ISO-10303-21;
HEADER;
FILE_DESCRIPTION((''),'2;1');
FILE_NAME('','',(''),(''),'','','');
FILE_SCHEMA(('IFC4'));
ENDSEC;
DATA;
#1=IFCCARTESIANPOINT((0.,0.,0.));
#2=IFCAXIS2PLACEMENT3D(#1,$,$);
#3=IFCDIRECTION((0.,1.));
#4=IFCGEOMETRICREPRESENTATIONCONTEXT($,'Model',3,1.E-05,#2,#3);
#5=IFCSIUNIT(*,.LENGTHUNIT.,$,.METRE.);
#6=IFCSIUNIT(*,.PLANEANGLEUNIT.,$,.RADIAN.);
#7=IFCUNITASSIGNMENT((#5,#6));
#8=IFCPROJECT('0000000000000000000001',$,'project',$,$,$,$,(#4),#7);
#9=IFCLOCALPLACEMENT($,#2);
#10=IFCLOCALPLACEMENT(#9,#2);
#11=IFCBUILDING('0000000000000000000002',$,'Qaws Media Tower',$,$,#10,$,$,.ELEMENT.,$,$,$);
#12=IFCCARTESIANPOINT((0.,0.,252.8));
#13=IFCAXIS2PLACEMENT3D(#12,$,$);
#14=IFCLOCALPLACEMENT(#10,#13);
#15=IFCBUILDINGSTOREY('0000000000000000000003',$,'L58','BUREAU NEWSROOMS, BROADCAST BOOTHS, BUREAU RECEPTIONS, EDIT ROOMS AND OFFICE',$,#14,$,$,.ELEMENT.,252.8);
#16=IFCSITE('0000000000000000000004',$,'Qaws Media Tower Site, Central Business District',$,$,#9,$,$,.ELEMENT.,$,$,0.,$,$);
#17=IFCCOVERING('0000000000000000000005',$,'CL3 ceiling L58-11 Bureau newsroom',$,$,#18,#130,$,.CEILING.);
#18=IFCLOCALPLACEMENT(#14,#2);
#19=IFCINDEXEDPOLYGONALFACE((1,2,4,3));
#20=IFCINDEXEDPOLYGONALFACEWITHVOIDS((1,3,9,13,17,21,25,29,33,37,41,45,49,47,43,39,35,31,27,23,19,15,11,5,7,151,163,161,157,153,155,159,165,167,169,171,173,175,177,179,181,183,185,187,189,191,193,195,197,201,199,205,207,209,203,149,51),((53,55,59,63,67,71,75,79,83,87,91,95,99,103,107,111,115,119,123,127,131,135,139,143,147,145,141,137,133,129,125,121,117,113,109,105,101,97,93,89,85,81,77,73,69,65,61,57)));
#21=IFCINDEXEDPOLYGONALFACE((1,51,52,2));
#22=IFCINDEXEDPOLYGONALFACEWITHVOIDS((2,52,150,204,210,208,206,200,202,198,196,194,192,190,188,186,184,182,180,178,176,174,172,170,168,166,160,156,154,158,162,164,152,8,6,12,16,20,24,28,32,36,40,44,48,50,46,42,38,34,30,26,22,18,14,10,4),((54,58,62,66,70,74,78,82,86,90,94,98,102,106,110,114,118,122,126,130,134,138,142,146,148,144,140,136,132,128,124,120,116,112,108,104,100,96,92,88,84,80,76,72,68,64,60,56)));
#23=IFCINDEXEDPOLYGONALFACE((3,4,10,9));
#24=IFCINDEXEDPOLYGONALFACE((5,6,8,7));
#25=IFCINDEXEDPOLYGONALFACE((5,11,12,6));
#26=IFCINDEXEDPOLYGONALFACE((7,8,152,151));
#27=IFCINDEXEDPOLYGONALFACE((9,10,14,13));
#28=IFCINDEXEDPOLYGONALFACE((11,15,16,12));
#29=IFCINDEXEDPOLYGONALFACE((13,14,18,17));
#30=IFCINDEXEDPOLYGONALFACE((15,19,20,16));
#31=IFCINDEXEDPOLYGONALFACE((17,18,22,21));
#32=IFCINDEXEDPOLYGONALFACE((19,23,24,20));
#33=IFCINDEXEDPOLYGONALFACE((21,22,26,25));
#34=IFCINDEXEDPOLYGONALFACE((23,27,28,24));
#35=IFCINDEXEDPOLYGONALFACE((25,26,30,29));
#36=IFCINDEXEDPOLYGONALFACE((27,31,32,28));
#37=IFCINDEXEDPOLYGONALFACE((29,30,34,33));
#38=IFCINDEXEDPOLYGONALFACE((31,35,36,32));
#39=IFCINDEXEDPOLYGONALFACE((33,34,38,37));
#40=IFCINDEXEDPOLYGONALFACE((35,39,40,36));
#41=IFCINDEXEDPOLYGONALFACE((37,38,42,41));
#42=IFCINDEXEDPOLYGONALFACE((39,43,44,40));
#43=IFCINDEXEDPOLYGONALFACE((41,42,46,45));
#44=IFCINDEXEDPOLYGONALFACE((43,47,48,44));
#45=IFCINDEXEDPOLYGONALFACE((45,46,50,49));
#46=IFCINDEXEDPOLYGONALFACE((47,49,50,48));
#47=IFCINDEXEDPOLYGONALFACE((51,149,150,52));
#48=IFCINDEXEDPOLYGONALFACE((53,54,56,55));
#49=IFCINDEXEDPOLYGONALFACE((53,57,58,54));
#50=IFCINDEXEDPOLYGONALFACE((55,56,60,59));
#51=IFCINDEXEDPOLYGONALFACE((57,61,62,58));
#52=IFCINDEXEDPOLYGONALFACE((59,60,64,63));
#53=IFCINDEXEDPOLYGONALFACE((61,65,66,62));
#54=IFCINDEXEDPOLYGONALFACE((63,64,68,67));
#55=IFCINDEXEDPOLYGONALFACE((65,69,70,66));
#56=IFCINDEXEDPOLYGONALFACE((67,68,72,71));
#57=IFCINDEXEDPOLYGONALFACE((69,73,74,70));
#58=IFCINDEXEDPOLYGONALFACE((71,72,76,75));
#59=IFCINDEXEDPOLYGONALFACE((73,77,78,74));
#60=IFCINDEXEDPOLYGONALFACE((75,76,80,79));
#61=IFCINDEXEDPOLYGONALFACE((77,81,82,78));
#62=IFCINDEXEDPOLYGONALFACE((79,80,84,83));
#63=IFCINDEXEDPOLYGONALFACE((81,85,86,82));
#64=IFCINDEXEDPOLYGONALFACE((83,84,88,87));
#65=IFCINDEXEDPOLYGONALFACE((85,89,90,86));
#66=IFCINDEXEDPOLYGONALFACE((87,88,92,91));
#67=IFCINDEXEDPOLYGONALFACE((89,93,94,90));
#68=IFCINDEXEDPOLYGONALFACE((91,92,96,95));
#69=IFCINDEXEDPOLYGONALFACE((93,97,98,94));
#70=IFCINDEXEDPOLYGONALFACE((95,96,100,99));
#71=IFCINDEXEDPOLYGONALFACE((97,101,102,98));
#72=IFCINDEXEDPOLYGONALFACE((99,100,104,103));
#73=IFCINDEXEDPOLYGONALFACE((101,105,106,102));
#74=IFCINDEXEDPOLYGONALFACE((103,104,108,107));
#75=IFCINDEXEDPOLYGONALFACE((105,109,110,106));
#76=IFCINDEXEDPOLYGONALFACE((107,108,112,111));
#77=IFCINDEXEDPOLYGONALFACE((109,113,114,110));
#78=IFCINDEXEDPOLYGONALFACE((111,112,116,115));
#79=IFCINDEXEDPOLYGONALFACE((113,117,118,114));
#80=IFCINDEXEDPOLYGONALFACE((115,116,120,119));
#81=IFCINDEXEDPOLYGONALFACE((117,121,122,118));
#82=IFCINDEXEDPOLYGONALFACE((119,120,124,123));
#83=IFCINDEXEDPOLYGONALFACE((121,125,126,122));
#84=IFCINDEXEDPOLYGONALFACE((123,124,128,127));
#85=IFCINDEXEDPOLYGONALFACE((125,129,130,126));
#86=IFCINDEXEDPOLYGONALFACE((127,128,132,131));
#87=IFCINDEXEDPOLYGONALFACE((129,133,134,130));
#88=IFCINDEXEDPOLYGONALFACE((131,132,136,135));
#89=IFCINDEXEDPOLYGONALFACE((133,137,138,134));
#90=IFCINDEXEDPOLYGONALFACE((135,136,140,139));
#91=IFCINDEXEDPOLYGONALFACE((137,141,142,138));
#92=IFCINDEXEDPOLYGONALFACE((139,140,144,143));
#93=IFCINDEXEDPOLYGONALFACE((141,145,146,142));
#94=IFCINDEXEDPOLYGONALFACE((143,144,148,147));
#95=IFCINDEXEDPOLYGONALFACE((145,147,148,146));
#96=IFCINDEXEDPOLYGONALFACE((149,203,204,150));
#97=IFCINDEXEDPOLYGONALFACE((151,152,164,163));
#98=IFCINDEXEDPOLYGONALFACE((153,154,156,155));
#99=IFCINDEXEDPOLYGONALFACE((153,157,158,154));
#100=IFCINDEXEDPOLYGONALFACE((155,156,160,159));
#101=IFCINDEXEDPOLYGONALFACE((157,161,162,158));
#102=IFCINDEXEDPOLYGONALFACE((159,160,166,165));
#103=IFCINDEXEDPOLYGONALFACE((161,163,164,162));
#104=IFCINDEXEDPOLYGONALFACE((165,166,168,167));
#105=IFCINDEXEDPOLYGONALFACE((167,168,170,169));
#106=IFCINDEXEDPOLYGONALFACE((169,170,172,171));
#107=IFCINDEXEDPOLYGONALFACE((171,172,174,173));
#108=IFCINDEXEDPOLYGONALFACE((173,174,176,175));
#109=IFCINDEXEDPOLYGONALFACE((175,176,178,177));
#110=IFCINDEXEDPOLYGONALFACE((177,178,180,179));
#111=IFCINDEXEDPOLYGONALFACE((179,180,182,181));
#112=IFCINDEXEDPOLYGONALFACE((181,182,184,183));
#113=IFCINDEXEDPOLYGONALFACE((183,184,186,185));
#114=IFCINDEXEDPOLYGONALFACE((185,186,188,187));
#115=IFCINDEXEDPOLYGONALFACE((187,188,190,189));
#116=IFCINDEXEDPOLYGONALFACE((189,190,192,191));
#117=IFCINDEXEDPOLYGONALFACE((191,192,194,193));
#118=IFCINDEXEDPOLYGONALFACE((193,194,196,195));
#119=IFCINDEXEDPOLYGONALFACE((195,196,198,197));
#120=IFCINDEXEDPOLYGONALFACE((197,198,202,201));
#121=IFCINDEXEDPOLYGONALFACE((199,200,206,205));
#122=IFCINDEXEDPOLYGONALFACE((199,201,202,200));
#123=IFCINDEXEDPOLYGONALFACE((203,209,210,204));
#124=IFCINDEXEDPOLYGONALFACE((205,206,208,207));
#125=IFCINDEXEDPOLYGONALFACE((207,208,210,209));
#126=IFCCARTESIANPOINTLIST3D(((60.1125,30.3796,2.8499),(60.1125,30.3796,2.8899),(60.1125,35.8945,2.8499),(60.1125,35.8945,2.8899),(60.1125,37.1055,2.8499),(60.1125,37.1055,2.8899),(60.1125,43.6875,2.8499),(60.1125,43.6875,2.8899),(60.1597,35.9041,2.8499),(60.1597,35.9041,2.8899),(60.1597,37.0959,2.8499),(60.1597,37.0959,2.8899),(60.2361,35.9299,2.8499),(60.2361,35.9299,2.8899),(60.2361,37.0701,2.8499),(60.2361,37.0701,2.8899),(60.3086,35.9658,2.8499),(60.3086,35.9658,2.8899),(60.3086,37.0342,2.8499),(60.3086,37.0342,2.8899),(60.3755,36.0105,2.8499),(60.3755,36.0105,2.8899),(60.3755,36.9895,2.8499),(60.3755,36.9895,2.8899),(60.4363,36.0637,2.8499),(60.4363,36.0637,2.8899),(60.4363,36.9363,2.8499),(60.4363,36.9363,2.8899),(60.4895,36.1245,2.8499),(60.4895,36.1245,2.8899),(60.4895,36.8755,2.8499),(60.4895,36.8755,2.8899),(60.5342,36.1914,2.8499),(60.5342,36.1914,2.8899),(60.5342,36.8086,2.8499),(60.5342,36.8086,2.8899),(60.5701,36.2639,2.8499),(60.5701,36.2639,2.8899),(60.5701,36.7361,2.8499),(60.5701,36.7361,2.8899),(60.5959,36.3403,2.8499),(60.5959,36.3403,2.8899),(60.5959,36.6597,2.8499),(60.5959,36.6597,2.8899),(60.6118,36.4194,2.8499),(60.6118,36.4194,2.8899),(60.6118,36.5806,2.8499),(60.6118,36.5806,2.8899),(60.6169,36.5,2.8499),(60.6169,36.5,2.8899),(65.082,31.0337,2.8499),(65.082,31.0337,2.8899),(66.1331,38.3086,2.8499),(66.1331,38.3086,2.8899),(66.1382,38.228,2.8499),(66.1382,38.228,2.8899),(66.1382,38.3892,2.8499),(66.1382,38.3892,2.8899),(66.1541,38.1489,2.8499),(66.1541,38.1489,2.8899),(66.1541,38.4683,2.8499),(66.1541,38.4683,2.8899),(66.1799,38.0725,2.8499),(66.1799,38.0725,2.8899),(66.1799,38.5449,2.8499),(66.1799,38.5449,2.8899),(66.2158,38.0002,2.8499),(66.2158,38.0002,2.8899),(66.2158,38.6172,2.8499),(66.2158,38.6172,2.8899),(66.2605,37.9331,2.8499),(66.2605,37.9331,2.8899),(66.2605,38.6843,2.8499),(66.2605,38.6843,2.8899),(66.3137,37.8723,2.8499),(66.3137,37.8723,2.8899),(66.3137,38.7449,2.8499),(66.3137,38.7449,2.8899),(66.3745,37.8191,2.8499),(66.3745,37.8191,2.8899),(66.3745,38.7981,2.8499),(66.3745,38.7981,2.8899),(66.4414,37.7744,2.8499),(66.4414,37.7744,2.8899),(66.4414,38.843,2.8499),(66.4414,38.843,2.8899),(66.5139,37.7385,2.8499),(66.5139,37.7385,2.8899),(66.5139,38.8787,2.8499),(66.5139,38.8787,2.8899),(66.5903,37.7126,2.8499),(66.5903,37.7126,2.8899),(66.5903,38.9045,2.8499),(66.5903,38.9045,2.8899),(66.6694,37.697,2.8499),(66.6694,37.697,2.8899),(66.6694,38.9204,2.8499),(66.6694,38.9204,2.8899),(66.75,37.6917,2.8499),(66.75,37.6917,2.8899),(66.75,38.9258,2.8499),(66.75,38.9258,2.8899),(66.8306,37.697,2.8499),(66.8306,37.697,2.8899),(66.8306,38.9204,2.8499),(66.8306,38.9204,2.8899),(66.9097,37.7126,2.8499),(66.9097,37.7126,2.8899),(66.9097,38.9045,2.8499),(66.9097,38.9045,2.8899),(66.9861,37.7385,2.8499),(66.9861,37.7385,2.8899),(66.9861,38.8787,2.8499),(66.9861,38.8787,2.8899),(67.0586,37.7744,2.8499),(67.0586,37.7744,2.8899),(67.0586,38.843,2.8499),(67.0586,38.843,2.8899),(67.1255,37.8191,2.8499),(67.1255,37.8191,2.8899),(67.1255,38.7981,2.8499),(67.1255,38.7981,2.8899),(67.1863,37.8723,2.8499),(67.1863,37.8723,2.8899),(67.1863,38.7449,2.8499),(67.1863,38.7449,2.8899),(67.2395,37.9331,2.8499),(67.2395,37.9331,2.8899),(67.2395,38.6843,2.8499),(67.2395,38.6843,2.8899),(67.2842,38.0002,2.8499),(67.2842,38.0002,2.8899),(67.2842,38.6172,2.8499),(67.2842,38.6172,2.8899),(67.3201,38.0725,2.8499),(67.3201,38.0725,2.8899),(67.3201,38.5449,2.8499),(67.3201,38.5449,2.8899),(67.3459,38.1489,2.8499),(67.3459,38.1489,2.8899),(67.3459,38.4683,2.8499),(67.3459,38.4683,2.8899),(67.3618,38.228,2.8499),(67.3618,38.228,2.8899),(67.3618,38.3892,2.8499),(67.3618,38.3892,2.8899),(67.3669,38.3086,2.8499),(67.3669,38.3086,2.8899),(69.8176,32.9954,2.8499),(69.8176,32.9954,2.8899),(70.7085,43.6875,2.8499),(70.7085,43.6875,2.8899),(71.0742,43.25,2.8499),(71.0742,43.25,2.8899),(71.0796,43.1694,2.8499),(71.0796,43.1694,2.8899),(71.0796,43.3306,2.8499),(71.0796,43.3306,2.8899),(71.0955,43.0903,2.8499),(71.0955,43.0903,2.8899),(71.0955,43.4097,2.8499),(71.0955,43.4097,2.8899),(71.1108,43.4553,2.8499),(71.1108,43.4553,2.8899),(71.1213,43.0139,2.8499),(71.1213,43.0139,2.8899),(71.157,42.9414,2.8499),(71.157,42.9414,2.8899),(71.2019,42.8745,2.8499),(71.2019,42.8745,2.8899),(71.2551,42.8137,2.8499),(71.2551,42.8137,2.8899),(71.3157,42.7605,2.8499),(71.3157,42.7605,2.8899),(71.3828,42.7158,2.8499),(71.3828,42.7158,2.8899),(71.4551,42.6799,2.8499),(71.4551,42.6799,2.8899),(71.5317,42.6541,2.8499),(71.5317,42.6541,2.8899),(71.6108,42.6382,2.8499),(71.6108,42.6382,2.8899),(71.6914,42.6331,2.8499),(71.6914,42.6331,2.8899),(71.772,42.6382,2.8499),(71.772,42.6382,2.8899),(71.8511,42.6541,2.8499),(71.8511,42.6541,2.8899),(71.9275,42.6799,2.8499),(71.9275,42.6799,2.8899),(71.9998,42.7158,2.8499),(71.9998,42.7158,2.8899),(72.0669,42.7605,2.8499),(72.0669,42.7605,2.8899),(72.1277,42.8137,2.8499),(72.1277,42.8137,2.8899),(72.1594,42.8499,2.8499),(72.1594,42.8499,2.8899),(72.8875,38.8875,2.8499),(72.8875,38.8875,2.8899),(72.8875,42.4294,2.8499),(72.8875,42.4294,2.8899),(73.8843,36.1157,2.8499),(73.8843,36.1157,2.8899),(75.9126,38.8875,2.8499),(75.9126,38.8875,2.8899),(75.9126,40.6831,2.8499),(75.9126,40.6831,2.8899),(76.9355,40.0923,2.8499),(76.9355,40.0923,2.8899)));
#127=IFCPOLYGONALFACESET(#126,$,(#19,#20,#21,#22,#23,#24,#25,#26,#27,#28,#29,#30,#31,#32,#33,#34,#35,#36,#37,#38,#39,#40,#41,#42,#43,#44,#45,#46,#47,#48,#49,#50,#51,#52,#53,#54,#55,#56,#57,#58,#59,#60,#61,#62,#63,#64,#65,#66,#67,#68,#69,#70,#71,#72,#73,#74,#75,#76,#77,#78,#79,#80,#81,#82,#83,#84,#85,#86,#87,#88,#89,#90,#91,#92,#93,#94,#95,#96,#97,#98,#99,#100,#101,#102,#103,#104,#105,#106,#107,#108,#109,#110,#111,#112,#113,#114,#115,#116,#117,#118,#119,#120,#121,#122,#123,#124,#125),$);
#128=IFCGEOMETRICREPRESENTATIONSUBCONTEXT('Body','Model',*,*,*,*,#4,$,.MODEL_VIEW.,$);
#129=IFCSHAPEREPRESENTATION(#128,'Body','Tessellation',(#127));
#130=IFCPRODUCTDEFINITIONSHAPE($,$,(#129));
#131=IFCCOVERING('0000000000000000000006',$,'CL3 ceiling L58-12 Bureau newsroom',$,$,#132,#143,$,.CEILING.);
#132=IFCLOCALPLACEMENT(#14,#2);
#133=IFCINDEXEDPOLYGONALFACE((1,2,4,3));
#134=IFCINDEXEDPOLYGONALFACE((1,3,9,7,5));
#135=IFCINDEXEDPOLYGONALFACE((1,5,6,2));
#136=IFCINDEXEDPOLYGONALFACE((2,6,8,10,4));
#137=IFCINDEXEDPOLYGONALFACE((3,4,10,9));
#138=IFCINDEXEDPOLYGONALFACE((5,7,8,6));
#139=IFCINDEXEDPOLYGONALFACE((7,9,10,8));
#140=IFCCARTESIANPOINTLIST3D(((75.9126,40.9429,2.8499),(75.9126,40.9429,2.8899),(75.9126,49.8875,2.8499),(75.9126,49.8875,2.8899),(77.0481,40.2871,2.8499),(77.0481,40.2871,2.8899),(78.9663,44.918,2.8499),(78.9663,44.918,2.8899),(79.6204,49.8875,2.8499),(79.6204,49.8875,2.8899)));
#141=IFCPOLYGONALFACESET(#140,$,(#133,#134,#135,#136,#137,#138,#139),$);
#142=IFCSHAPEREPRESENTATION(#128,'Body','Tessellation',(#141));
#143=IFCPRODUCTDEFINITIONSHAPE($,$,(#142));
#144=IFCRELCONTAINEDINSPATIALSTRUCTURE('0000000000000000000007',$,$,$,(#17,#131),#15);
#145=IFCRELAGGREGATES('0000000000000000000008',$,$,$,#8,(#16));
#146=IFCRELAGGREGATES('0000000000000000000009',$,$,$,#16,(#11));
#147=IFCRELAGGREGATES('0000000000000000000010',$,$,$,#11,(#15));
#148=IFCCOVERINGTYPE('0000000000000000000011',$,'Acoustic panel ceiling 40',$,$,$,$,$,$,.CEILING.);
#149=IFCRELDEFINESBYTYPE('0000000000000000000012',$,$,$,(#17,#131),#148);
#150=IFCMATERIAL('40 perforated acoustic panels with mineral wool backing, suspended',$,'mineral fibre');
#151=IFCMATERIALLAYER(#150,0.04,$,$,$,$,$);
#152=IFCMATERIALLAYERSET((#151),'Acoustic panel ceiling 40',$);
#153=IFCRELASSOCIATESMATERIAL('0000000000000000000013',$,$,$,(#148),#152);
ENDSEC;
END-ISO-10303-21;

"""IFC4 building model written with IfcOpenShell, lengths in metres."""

from ifc_helpers import new_model, si_unit, direction, frame, origin, place, context, subcontext, project, spatial, polyline, outline, extrude, material, layer, layer_set, type_object, element, save


model = new_model("IFC4")

# Units and contexts
model_context = context("Model", 3, precision=1e-05, world=origin(), true_north=direction((0.0, 1.0)))
body_context = subcontext(model_context, "Body", "Model", "MODEL_VIEW")
ifc_project = project(units=[si_unit("LENGTHUNIT", "METRE"), si_unit("PLANEANGLEUNIT", "RADIAN")], contexts=[model_context])

# Site, building, storey
site_placement = place(None, origin())
site = spatial("IfcSite", under=ifc_project, at=site_placement, Name="Qaws Media Tower Site, Central Business District", CompositionType="ELEMENT", RefElevation=0.0)
building_placement = place(site_placement, origin())
building = spatial("IfcBuilding", under=site, at=building_placement, Name="Qaws Media Tower", CompositionType="ELEMENT")
storey_placement = place(building_placement, frame((0.0, 0.0, 252.8)))
storey = spatial("IfcBuildingStorey", under=building, at=storey_placement, Name="L58", Description="BUREAU NEWSROOMS, BROADCAST BOOTHS, BUREAU RECEPTIONS, EDIT ROOMS AND OFFICE", CompositionType="ELEMENT", Elevation=252.8)

# Coverings
ifc_material_1 = material(Name="40 perforated acoustic panels with mineral wool backing, suspended", Category="mineral fibre")
ifc_layer_1 = layer(ifc_material_1, 0.04)
ifc_layer_set_1 = layer_set([ifc_layer_1], Name="Acoustic panel ceiling 40")
covering_type_1 = type_object("IfcCoveringType", Name="Acoustic panel ceiling 40", PredefinedType="CEILING", material=ifc_layer_set_1)
covering_1_placement = place(storey_placement, frame((0.0, 0.0, 2.8499)))
element("IfcCovering", 1, at=covering_1_placement, inside=storey, type_object=covering_type_1, Name="CL3 ceiling L58-11 Bureau newsroom", PredefinedType="CEILING", context=body_context, shape_type="SweptSolid", body=[
    extrude(outline(polyline([(72.8875, 38.8875), (75.9126, 38.8875), (75.9126, 40.6831), (76.9355, 40.0923), (73.8843, 36.1157), (69.8176, 32.9954), (65.082, 31.0337), (60.1125, 30.3796), (60.1125, 35.8945), (60.1597, 35.9041), (60.2361, 35.9299), (60.3086, 35.9658), (60.3755, 36.0105), (60.4363, 36.0637), (60.4895, 36.1245), (60.5342, 36.1914), (60.5701, 36.2639), (60.5959, 36.3403), (60.6118, 36.4194), (60.6169, 36.5), (60.6118, 36.5806), (60.5959, 36.6597), (60.5701, 36.7361), (60.5342, 36.8086), (60.4895, 36.8755), (60.4363, 36.9363), (60.3755, 36.9895), (60.3086, 37.0342), (60.2361, 37.0701), (60.1597, 37.0959), (60.1125, 37.1055), (60.1125, 43.6875), (70.7085, 43.6875), (71.1108, 43.4553), (71.0955, 43.4097), (71.0796, 43.3306), (71.0742, 43.25), (71.0796, 43.1694), (71.0955, 43.0903), (71.1213, 43.0139), (71.157, 42.9414), (71.2019, 42.8745), (71.2551, 42.8137), (71.3157, 42.7605), (71.3828, 42.7158), (71.4551, 42.6799), (71.5317, 42.6541), (71.6108, 42.6382), (71.6914, 42.6331), (71.772, 42.6382), (71.8511, 42.6541), (71.9275, 42.6799), (71.9998, 42.7158), (72.0669, 42.7605), (72.1277, 42.8137), (72.1594, 42.8499), (72.8875, 42.4294), (72.8875, 38.8875)]), holes=[polyline([(67.3201, 38.0725), (67.3459, 38.1489), (67.3618, 38.228), (67.3669, 38.3086), (67.3618, 38.3892), (67.3459, 38.4683), (67.3201, 38.5449), (67.2842, 38.6172), (67.2395, 38.6843), (67.1863, 38.7449), (67.1255, 38.7981), (67.0586, 38.843), (66.9861, 38.8787), (66.9097, 38.9045), (66.8306, 38.9204), (66.75, 38.9258), (66.6694, 38.9204), (66.5903, 38.9045), (66.5139, 38.8787), (66.4414, 38.843), (66.3745, 38.7981), (66.3137, 38.7449), (66.2605, 38.6843), (66.2158, 38.6172), (66.1799, 38.5449), (66.1541, 38.4683), (66.1382, 38.3892), (66.1331, 38.3086), (66.1382, 38.228), (66.1541, 38.1489), (66.1799, 38.0725), (66.2158, 38.0002), (66.2605, 37.9331), (66.3137, 37.8723), (66.3745, 37.8191), (66.4414, 37.7744), (66.5139, 37.7385), (66.5903, 37.7126), (66.6694, 37.697), (66.75, 37.6917), (66.8306, 37.697), (66.9097, 37.7126), (66.9861, 37.7385), (67.0586, 37.7744), (67.1255, 37.8191), (67.1863, 37.8723), (67.2395, 37.9331), (67.2842, 38.0002), (67.3201, 38.0725)])]), origin(), (0.0, 0.0, 1.0), 0.04),
])
covering_2_placement = place(storey_placement, frame((0.0, 0.0, 2.8499)))
element("IfcCovering", 2, at=covering_2_placement, inside=storey, type_object=covering_type_1, Name="CL3 ceiling L58-12 Bureau newsroom", PredefinedType="CEILING", context=body_context, shape_type="SweptSolid", body=[
    extrude(outline(polyline([(78.9663, 44.918), (77.0481, 40.2871), (75.9126, 40.9429), (75.9126, 49.8875), (79.6204, 49.8875), (78.9663, 44.918)])), origin(), (0.0, 0.0, 1.0), 0.04),
])

save(model, "model.ifc")
